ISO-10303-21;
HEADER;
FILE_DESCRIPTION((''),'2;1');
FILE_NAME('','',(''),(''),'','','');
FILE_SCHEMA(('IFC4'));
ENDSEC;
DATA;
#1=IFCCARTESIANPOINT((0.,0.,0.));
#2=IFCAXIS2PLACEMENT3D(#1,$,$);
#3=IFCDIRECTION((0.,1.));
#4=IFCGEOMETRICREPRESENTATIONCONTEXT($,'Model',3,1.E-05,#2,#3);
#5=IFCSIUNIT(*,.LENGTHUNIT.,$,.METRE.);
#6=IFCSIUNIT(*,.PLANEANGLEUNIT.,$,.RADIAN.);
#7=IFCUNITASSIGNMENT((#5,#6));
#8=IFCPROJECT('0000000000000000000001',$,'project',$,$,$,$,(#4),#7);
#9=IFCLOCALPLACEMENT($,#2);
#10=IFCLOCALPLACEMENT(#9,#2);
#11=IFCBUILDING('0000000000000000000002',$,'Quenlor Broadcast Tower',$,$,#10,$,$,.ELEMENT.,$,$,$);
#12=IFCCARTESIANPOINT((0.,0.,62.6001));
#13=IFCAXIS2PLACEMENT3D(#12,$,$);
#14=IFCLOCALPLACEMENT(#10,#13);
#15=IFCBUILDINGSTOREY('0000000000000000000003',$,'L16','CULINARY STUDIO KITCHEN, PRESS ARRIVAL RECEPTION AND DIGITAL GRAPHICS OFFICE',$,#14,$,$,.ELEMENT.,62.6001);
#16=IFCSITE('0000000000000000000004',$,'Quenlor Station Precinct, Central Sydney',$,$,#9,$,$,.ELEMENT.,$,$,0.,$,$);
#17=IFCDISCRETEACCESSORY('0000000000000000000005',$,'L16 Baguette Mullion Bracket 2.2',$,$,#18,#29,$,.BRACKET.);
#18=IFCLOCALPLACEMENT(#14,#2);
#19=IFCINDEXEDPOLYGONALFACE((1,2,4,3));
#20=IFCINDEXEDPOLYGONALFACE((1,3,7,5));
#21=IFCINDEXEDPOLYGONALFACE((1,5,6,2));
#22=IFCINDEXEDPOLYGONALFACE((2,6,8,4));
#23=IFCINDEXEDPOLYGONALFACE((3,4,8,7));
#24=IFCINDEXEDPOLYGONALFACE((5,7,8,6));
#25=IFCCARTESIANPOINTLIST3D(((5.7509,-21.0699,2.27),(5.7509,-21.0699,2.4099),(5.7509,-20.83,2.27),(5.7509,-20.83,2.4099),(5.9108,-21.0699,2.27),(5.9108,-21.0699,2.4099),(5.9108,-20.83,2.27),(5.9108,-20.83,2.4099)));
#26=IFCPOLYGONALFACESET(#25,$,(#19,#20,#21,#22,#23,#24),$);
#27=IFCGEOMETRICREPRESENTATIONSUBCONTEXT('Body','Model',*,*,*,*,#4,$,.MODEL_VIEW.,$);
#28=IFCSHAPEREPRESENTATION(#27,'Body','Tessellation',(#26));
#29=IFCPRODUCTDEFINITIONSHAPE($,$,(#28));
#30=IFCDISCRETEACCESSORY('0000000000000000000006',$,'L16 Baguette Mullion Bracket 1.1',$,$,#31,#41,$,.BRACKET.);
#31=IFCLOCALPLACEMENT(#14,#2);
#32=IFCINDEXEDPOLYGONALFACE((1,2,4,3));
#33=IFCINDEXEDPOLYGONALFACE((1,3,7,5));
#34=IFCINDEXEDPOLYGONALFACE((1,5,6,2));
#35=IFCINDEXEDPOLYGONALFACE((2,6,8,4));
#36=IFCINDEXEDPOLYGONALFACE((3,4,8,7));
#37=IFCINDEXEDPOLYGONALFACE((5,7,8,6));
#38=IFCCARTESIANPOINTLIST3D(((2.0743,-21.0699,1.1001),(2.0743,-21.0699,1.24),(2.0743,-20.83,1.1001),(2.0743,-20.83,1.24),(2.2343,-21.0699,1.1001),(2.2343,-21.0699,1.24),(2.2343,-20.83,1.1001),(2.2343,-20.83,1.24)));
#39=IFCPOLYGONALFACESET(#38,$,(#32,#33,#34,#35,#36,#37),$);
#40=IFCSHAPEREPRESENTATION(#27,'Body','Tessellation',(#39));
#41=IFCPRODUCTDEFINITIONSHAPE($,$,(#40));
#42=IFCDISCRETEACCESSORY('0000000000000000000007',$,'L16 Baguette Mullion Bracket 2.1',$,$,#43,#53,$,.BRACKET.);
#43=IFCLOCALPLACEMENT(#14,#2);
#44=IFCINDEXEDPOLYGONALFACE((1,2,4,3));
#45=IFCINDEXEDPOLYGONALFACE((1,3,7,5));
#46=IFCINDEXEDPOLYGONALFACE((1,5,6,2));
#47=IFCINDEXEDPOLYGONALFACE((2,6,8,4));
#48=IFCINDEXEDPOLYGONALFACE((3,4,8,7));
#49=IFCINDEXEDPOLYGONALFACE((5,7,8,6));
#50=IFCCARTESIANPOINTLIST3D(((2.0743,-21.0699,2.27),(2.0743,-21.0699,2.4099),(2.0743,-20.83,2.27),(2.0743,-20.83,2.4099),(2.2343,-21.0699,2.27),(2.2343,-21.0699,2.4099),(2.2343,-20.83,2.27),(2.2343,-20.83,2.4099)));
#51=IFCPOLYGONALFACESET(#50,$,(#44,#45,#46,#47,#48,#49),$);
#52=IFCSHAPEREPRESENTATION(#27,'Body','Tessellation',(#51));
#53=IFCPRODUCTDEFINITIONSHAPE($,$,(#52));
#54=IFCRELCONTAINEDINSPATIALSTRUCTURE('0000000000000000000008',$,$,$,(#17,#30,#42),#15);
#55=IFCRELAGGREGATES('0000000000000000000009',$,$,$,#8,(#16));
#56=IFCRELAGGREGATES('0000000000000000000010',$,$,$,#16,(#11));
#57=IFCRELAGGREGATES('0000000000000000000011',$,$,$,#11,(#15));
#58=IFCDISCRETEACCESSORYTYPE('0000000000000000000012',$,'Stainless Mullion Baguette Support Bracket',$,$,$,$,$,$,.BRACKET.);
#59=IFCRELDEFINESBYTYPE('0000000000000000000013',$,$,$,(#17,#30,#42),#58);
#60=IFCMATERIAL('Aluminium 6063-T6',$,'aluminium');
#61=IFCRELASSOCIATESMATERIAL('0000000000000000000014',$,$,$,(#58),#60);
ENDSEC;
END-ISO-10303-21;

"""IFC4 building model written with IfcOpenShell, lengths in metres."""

from ifc_helpers import new_model, si_unit, direction, frame, origin, origin_2d, place, context, subcontext, project, spatial, rectangle, extrude, material, type_object, element, save


model = new_model("IFC4")

# Units and contexts
model_context = context("Model", 3, precision=1e-05, world=origin(), true_north=direction((0.0, 1.0)))
body_context = subcontext(model_context, "Body", "Model", "MODEL_VIEW")
ifc_project = project(units=[si_unit("LENGTHUNIT", "METRE"), si_unit("PLANEANGLEUNIT", "RADIAN")], contexts=[model_context])

# Site, building, storey
site_placement = place(None, origin())
site = spatial("IfcSite", under=ifc_project, at=site_placement, Name="Quenlor Station Precinct, Central Sydney", CompositionType="ELEMENT", RefElevation=0.0)
building_placement = place(site_placement, origin())
building = spatial("IfcBuilding", under=site, at=building_placement, Name="Quenlor Broadcast Tower", CompositionType="ELEMENT")
storey_placement = place(building_placement, frame((0.0, 0.0, 62.6001)))
storey = spatial("IfcBuildingStorey", under=building, at=storey_placement, Name="L16", Description="CULINARY STUDIO KITCHEN, PRESS ARRIVAL RECEPTION AND DIGITAL GRAPHICS OFFICE", CompositionType="ELEMENT", Elevation=62.6001)

# Discrete accessories
ifc_material_1 = material(Name="Aluminium 6063-T6", Category="aluminium")
discrete_accessory_type = type_object("IfcDiscreteAccessoryType", Name="Stainless Mullion Baguette Support Bracket", PredefinedType="BRACKET", material=ifc_material_1)
for number, where, z_axis, x_axis, name in (
    (1, (5.8308, -20.95, 2.27), (0.0, 0.0, 1.0), (-1.0, 0.0, 0.0), "L16 Baguette Mullion Bracket 2.2"),
    (2, (2.1543, -20.95, 1.1001), (0.0, 0.0, 1.0), (-1.0, 0.0, 0.0), "L16 Baguette Mullion Bracket 1.1"),
    (3, (2.1543, -20.95, 2.27), (0.0, 0.0, 1.0), (-1.0, 0.0, 0.0), "L16 Baguette Mullion Bracket 2.1"),
):
    element("IfcDiscreteAccessory", number, at=place(storey_placement, frame(where, z_axis=z_axis, x_axis=x_axis)), inside=storey, type_object=discrete_accessory_type, Name=name, PredefinedType="BRACKET", context=body_context, shape_type="SweptSolid", body=[
        extrude(rectangle(XDim=0.1599, YDim=0.24, at=origin_2d()), origin(), (0.0, 0.0, 1.0), 0.1399),
    ])

save(model, "model.ifc")
